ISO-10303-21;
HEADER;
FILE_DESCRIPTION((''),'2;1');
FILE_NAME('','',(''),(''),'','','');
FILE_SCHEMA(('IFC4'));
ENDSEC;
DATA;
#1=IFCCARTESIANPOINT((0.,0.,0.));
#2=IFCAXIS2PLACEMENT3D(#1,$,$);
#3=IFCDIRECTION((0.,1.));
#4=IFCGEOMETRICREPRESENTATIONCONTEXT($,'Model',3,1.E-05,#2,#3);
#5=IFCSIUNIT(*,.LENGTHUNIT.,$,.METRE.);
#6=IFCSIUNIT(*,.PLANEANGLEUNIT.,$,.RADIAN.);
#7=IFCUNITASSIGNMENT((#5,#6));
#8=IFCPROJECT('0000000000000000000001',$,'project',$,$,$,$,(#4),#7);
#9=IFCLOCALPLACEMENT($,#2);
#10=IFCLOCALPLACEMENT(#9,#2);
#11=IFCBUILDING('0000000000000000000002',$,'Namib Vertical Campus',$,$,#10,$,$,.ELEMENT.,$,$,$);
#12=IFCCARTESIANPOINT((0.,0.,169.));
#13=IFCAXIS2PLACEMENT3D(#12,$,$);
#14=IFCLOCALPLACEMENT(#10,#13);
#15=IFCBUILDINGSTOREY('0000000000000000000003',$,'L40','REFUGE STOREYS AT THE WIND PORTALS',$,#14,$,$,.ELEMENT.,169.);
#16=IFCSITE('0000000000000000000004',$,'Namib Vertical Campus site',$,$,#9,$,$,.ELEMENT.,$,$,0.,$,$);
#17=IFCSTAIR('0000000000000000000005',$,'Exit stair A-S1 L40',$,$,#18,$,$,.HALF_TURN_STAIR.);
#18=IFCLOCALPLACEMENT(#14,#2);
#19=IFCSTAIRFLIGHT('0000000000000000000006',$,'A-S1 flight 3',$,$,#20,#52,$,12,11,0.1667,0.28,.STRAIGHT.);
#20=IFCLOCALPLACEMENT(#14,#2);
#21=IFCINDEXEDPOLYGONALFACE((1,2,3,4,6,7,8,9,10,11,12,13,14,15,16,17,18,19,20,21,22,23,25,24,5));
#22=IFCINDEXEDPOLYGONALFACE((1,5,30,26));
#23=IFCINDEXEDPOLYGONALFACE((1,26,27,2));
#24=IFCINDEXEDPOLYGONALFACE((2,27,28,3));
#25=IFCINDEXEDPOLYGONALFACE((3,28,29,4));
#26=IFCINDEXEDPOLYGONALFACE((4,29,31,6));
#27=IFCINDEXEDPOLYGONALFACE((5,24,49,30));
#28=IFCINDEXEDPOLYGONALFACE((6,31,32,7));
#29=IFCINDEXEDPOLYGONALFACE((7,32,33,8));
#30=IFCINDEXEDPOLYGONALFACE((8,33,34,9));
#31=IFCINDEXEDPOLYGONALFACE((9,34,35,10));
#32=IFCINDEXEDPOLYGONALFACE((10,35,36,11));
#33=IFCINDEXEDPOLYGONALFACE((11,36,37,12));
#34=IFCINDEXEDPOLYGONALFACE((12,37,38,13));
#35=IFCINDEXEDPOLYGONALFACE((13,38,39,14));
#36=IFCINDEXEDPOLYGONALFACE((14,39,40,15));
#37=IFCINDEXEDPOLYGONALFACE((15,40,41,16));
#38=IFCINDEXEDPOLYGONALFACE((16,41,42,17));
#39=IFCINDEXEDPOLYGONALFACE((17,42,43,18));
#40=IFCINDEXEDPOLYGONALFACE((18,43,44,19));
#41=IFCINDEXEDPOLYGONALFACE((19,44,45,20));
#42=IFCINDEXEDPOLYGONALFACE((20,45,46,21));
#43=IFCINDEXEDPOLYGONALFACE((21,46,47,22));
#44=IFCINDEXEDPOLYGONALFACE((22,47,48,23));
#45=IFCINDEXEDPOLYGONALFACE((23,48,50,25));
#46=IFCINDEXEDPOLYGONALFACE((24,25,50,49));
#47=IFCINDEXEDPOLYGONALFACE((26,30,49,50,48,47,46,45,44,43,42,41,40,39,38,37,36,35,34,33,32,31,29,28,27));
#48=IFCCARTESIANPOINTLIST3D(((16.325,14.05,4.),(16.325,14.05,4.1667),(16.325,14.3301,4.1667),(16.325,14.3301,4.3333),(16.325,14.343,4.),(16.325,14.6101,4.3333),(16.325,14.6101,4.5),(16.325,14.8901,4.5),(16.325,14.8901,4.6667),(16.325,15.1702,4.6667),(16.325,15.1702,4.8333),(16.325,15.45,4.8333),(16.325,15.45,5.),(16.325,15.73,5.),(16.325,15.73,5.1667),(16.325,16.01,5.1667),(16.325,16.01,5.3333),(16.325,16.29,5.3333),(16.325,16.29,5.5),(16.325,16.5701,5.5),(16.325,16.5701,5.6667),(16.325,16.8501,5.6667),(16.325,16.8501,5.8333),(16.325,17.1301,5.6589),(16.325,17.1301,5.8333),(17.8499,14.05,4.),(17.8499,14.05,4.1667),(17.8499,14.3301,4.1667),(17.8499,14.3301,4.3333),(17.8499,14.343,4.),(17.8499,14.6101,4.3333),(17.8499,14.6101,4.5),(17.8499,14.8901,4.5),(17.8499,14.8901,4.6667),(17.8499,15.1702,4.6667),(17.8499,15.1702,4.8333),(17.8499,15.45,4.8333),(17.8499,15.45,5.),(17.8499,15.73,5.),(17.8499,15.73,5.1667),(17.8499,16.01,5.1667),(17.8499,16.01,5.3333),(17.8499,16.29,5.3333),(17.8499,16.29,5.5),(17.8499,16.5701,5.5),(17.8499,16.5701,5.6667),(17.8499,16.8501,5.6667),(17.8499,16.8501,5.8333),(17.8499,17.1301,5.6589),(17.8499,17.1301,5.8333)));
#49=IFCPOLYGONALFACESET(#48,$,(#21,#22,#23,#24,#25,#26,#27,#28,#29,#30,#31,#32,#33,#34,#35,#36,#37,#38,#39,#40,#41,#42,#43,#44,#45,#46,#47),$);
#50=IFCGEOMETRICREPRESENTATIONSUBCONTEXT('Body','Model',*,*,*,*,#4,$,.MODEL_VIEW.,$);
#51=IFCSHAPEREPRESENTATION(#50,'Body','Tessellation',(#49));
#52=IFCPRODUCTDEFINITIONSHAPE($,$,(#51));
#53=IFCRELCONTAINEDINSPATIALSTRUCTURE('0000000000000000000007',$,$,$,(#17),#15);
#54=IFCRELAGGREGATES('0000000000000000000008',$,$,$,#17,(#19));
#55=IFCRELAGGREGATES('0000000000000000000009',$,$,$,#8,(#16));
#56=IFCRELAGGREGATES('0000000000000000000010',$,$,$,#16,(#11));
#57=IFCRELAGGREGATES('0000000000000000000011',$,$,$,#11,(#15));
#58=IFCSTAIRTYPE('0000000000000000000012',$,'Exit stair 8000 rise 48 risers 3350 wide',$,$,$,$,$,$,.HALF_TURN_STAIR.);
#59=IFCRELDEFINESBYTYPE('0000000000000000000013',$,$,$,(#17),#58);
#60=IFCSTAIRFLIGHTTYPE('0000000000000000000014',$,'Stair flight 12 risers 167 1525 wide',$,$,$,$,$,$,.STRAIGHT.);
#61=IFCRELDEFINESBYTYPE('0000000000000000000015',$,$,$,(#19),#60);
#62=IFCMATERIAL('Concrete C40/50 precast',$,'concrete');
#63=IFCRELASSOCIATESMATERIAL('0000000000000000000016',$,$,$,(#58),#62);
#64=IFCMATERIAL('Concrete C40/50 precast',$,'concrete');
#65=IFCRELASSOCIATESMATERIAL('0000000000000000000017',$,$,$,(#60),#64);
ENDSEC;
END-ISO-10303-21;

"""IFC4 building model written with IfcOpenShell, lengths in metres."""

from ifc_helpers import new_model, si_unit, direction, frame, origin, place, context, subcontext, project, spatial, polyline, outline, extrude, material, type_object, element, aggregate, save


model = new_model("IFC4")

# Units and contexts
model_context = context("Model", 3, precision=1e-05, world=origin(), true_north=direction((0.0, 1.0)))
body_context = subcontext(model_context, "Body", "Model", "MODEL_VIEW")
ifc_project = project(units=[si_unit("LENGTHUNIT", "METRE"), si_unit("PLANEANGLEUNIT", "RADIAN")], contexts=[model_context])

# Site, building, storey
site_placement = place(None, origin())
site = spatial("IfcSite", under=ifc_project, at=site_placement, Name="Namib Vertical Campus site", CompositionType="ELEMENT", RefElevation=0.0)
building_placement = place(site_placement, origin())
building = spatial("IfcBuilding", under=site, at=building_placement, Name="Namib Vertical Campus", CompositionType="ELEMENT")
storey_placement = place(building_placement, frame((0.0, 0.0, 169.0)))
storey = spatial("IfcBuildingStorey", under=building, at=storey_placement, Name="L40", Description="REFUGE STOREYS AT THE WIND PORTALS", CompositionType="ELEMENT", Elevation=169.0)

# Stair, stair flight
ifc_material_1 = material(Name="Concrete C40/50 precast", Category="concrete")
stair_type = type_object("IfcStairType", Name="Exit stair 8000 rise 48 risers 3350 wide", PredefinedType="HALF_TURN_STAIR", material=ifc_material_1)
stair_placement = place(storey_placement, origin())
stair = element("IfcStair", 1, at=stair_placement, inside=storey, type_object=stair_type, Name="Exit stair A-S1 L40", PredefinedType="HALF_TURN_STAIR")
ifc_material_2 = material(Name="Concrete C40/50 precast", Category="concrete")
stair_flight_type = type_object("IfcStairFlightType", Name="Stair flight 12 risers 167 1525 wide", PredefinedType="STRAIGHT", material=ifc_material_2)
stair_flight_1_placement = place(storey_placement, frame((17.0874, 14.05, 4.0), z_axis=(0.0, 0.0, 1.0), x_axis=(0.0, 1.0, 0.0)))
stair_flight_1 = element("IfcStairFlight", 2, at=stair_flight_1_placement, type_object=stair_flight_type, Name="A-S1 flight 3", NumberOfRisers=12, NumberOfTreads=11, PredefinedType="STRAIGHT", RiserHeight=0.1667, TreadLength=0.28, context=body_context, shape_type="SweptSolid", body=[
    extrude(outline(polyline([(0.0, 0.0), (0.0, 0.1667), (0.28, 0.1667), (0.28, 0.3333), (0.5601, 0.3333), (0.5601, 0.5), (0.8401, 0.5), (0.8401, 0.6667), (1.1201, 0.6667), (1.1201, 0.8333), (1.3999, 0.8333), (1.3999, 1.0), (1.6799, 1.0), (1.6799, 1.1667), (1.96, 1.1667), (1.96, 1.3333), (2.24, 1.3333), (2.24, 1.5), (2.52, 1.5), (2.52, 1.6667), (2.8, 1.6667), (2.8, 1.8333), (3.0801, 1.8333), (3.0801, 2.0), (3.0801, 1.6589), (0.293, 0.0), (0.0, 0.0)])), frame((0.0, 0.7625, 0.0), z_axis=(0.0, -1.0, 0.0), x_axis=(1.0, 0.0, 0.0)), (0.0, 0.0, 1.0), 1.5249),
])
aggregate(stair, [stair_flight_1])

save(model, "model.ifc")
